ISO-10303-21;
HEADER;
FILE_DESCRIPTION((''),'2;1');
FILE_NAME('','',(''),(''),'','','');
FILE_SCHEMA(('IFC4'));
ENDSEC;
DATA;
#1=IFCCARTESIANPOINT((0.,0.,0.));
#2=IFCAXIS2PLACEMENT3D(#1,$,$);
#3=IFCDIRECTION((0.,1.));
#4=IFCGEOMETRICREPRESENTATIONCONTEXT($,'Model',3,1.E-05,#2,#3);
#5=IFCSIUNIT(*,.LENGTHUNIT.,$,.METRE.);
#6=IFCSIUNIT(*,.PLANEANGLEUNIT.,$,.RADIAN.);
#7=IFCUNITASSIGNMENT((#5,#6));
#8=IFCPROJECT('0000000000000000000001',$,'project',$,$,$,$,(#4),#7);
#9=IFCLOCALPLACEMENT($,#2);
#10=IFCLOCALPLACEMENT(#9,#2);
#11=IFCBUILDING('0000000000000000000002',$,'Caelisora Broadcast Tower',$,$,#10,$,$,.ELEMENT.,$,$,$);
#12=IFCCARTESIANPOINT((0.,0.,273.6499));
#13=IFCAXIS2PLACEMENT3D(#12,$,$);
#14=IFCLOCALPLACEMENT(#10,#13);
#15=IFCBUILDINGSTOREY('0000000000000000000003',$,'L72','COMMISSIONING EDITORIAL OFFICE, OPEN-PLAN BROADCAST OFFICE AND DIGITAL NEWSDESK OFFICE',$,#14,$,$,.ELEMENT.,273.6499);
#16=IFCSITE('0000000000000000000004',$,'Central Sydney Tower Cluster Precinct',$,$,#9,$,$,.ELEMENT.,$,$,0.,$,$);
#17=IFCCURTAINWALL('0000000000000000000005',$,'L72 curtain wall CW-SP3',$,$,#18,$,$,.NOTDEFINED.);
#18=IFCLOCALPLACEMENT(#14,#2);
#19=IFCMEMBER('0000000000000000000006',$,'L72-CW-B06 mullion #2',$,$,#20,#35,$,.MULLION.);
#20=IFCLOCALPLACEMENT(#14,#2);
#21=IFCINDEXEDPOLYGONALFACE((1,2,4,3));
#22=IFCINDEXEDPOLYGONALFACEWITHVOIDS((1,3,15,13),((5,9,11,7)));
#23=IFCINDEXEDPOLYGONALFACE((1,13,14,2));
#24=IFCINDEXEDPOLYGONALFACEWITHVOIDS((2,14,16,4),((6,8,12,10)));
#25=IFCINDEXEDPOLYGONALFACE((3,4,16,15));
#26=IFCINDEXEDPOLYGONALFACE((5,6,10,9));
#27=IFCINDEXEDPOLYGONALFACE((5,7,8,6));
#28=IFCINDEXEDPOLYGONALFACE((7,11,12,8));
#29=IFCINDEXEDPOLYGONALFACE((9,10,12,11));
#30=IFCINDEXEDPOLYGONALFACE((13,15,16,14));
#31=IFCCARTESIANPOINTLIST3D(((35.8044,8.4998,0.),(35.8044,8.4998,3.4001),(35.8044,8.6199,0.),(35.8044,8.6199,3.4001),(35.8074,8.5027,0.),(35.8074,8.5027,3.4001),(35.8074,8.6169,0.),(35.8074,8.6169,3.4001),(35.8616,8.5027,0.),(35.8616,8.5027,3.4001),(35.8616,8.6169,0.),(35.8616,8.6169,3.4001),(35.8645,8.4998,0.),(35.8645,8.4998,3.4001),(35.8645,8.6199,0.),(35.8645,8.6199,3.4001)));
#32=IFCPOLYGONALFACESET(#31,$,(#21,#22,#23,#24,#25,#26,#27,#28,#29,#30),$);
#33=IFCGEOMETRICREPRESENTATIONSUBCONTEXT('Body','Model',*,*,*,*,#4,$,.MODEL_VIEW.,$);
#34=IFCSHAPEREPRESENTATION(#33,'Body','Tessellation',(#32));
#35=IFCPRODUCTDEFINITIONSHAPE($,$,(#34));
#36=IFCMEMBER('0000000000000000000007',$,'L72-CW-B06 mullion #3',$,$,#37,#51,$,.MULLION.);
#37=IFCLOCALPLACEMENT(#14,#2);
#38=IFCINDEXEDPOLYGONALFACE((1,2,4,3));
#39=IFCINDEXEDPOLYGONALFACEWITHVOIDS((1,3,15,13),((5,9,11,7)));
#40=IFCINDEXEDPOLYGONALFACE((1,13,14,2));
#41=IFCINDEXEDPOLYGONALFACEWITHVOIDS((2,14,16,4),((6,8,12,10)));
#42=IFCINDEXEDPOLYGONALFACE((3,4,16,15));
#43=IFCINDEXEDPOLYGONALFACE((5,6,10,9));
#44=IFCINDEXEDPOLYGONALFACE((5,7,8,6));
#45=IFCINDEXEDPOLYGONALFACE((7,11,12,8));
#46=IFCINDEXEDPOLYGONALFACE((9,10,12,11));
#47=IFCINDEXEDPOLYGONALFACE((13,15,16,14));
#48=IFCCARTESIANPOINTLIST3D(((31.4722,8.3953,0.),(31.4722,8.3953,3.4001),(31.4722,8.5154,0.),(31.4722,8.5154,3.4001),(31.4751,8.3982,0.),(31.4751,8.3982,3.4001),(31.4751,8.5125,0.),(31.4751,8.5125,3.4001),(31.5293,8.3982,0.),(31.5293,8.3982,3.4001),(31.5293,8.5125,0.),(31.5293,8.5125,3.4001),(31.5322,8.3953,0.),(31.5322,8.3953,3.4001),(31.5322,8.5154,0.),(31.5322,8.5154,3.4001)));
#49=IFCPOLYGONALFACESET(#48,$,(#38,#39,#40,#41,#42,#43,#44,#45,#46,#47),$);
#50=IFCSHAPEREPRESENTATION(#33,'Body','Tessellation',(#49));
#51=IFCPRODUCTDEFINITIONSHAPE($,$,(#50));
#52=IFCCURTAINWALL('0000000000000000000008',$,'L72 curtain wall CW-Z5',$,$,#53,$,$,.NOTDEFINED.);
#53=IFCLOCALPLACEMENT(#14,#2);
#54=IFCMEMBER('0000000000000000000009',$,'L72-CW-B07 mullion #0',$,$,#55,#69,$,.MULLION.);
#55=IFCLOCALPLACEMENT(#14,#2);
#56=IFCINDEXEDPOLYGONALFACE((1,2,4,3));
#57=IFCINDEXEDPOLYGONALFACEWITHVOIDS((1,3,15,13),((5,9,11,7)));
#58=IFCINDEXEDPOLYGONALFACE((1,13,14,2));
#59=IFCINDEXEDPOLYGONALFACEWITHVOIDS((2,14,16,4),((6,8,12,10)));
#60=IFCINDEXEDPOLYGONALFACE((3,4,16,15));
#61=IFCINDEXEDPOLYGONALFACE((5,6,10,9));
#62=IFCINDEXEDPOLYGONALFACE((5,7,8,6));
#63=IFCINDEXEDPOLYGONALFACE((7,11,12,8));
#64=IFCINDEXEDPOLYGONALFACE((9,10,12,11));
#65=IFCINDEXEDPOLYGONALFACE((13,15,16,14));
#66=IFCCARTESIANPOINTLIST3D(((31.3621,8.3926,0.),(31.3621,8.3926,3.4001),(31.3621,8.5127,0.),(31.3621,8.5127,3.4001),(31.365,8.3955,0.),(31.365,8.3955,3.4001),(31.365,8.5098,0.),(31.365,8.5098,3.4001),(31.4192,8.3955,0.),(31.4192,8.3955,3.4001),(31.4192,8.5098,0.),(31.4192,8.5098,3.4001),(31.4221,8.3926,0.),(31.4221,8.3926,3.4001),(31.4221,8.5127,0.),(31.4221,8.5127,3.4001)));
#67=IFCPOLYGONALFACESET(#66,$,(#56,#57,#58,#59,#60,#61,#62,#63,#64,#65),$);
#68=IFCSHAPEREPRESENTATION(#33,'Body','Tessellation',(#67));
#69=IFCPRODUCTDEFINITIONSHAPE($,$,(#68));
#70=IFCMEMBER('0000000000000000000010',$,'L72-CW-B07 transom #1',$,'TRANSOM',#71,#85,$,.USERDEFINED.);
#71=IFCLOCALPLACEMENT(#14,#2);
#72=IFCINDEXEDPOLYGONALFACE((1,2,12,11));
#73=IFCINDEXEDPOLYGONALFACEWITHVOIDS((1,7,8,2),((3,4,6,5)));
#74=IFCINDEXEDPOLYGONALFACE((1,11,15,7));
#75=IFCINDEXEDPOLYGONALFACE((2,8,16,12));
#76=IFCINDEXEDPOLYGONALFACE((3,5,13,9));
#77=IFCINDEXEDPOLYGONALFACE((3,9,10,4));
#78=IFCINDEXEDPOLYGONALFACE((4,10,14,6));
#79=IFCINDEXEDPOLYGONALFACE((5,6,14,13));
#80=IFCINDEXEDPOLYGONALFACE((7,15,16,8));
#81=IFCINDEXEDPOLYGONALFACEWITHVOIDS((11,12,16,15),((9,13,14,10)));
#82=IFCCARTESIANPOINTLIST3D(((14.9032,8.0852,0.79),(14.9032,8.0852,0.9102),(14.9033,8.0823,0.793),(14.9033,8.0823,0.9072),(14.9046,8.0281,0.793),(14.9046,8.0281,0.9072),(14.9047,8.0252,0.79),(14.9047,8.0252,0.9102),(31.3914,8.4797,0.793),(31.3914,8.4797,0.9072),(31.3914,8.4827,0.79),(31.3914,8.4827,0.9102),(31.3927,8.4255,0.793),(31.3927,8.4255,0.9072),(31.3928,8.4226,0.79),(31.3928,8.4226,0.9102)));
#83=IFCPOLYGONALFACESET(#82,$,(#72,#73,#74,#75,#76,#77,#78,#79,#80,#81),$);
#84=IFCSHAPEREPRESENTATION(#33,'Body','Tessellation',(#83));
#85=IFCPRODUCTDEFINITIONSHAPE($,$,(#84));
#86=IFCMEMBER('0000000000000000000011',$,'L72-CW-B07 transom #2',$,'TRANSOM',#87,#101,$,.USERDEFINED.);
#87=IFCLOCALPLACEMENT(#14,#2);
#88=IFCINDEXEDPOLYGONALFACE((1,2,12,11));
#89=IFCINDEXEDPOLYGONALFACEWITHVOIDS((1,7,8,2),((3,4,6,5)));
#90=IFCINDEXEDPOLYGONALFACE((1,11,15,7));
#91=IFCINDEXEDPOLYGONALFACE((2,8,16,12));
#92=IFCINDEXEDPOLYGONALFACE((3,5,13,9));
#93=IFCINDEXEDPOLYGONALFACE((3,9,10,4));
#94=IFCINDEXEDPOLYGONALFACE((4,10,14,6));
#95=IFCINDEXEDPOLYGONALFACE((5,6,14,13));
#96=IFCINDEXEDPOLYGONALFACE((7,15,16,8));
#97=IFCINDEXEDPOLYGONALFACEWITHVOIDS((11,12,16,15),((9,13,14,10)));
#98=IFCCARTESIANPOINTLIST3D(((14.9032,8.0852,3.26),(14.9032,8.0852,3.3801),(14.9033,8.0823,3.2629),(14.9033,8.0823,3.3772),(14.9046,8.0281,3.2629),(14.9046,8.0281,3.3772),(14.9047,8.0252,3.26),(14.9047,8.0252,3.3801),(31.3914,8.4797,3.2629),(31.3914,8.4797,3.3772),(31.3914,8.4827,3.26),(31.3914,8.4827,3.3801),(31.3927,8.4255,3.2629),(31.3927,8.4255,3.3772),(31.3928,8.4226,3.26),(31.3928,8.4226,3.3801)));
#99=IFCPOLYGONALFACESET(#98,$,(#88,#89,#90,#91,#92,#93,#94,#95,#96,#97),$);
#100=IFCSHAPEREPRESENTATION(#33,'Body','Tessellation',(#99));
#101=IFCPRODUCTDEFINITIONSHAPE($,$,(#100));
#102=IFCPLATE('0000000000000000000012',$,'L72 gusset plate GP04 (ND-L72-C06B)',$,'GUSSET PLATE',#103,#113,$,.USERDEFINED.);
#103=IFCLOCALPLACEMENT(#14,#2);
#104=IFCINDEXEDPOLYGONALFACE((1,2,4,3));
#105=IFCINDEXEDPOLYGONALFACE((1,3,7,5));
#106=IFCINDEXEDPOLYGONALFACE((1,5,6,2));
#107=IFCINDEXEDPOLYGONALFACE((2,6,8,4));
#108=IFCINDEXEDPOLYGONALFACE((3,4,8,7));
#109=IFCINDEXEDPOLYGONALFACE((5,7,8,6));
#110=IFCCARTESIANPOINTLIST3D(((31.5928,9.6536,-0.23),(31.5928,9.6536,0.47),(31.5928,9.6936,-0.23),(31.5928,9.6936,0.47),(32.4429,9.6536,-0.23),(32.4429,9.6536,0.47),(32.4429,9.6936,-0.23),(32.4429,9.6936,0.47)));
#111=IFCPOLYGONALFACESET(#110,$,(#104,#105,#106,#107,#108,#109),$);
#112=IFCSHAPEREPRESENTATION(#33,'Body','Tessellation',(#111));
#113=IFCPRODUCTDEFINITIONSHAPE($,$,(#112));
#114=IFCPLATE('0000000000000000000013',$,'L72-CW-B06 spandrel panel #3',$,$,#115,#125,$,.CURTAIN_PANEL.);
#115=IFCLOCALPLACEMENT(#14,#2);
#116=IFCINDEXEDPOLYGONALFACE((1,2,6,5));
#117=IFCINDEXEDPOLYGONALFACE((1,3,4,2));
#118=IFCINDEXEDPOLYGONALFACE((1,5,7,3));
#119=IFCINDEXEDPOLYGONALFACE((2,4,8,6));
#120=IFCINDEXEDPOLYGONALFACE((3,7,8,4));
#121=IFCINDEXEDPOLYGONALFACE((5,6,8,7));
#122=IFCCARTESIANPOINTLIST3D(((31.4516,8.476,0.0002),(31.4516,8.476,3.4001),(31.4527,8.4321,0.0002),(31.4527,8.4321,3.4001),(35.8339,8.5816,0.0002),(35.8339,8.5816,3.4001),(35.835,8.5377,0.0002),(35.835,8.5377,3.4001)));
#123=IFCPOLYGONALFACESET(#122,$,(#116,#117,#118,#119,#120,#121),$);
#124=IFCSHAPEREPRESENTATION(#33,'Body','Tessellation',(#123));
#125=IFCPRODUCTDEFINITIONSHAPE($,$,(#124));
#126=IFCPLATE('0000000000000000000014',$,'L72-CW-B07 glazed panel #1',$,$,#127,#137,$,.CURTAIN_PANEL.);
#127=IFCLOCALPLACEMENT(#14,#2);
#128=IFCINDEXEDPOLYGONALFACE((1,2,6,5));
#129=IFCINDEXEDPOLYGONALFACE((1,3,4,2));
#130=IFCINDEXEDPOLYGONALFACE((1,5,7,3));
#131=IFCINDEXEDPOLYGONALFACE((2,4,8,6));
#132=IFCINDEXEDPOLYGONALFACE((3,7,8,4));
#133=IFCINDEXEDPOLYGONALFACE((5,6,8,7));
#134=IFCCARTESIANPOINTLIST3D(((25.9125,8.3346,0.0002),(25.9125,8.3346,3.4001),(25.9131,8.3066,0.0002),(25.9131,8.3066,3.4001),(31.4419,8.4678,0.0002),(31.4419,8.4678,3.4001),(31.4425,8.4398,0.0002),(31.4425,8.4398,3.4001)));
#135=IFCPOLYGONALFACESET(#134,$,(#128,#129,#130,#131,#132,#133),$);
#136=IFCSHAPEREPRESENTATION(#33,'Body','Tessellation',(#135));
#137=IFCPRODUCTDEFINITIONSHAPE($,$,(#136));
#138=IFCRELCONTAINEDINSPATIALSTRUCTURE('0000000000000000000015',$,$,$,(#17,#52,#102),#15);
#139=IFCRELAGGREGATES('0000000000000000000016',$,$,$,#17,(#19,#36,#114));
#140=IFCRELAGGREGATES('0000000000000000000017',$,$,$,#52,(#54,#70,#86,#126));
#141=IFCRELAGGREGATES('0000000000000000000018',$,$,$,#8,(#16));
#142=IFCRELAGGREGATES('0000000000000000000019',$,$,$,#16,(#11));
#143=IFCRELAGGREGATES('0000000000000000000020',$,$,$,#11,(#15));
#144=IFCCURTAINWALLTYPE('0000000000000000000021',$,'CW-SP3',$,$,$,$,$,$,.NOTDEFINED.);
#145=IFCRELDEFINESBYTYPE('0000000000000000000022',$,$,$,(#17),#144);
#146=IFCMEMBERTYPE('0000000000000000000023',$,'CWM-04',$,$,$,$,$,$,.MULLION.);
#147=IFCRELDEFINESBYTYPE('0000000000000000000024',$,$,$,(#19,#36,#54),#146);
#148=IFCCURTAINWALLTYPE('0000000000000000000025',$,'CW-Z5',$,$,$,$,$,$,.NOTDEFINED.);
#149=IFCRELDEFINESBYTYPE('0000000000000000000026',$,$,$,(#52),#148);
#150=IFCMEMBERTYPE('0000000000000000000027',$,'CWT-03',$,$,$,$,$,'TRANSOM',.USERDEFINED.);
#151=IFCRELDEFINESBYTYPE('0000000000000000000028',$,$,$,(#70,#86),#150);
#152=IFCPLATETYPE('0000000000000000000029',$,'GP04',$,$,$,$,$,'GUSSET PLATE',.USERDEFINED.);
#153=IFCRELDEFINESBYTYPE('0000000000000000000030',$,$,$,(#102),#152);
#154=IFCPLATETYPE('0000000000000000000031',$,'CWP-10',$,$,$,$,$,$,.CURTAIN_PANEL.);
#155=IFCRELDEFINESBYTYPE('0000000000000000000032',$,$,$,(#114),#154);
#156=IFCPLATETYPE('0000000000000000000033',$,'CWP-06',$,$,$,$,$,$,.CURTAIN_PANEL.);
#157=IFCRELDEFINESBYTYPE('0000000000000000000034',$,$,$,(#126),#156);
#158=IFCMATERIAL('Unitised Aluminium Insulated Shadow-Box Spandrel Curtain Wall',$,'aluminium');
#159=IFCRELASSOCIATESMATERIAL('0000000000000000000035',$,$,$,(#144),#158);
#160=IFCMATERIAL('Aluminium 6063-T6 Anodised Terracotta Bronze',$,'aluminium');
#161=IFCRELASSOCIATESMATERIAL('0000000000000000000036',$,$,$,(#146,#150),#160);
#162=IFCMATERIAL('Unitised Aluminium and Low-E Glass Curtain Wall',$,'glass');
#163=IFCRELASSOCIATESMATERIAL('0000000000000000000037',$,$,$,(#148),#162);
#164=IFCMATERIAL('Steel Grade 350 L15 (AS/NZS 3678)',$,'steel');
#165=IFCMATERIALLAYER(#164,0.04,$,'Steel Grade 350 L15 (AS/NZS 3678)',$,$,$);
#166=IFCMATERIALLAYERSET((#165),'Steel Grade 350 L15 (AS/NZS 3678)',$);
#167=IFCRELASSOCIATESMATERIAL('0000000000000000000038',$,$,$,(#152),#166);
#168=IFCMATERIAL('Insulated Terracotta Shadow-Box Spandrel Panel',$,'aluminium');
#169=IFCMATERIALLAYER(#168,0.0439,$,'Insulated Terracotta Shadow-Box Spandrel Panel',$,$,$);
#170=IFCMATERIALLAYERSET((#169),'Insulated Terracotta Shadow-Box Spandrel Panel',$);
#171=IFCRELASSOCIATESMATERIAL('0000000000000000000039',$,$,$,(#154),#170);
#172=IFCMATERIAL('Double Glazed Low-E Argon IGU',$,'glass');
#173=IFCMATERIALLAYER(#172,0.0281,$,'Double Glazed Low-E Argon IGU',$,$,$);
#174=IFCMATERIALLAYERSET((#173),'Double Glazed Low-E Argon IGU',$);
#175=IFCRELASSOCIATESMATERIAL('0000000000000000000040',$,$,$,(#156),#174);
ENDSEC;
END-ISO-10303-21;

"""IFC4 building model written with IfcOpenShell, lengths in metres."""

from ifc_helpers import new_model, si_unit, direction, frame, origin, origin_2d, place, context, subcontext, project, spatial, rectangle, hollow_rectangle, extrude, source, transform, mapped, material, layer, layer_set, material_profile, profile_set, type_object, type_shapes, element, aggregate, save


model = new_model("IFC4")

# Units and contexts
model_context = context("Model", 3, precision=1e-05, world=origin(), true_north=direction((0.0, 1.0)))
body_context = subcontext(model_context, "Body", "Model", "MODEL_VIEW")
ifc_project = project(units=[si_unit("LENGTHUNIT", "METRE"), si_unit("PLANEANGLEUNIT", "RADIAN")], contexts=[model_context])

# Site, building, storey
site_placement = place(None, origin())
site = spatial("IfcSite", under=ifc_project, at=site_placement, Name="Central Sydney Tower Cluster Precinct", CompositionType="ELEMENT", RefElevation=0.0)
building_placement = place(site_placement, origin())
building = spatial("IfcBuilding", under=site, at=building_placement, Name="Caelisora Broadcast Tower", CompositionType="ELEMENT")
storey_placement = place(building_placement, frame((0.0, 0.0, 273.6499)))
storey = spatial("IfcBuildingStorey", under=building, at=storey_placement, Name="L72", Description="COMMISSIONING EDITORIAL OFFICE, OPEN-PLAN BROADCAST OFFICE AND DIGITAL NEWSDESK OFFICE", CompositionType="ELEMENT", Elevation=273.6499)

# Shared definitions
ifc_material_1 = material(Name="Steel Grade 350 L15 (AS/NZS 3678)", Category="steel")

# Curtain walls, members
ifc_material_2 = material(Name="Unitised Aluminium Insulated Shadow-Box Spandrel Curtain Wall", Category="aluminium")
curtain_wall_type_1 = type_object("IfcCurtainWallType", Name="CW-SP3", PredefinedType="NOTDEFINED", material=ifc_material_2)
curtain_wall_1_placement = place(storey_placement, origin())
curtain_wall_1 = element("IfcCurtainWall", 1, at=curtain_wall_1_placement, inside=storey, type_object=curtain_wall_type_1, Name="L72 curtain wall CW-SP3", PredefinedType="NOTDEFINED")
ifc_material_3 = material(Name="Aluminium 6063-T6 Anodised Terracotta Bronze", Category="aluminium")
ifc_material_profile_1 = material_profile(ifc_material_3, hollow_rectangle(XDim=0.0601, YDim=0.1201, WallThickness=0.0029, at=origin_2d()), Name="Aluminium 6063-T6 Anodised Terracotta Bronze")
ifc_profile_set_1 = profile_set([ifc_material_profile_1], Name="Aluminium 6063-T6 Anodised Terracotta Bronze")
member_type_1 = type_object("IfcMemberType", Name="CWM-04", PredefinedType="MULLION", material=ifc_profile_set_1)
shared_shape_1 = source(origin(), body_context, "Body", "SweptSolid", [
    extrude(hollow_rectangle(XDim=0.0601, YDim=0.1201, WallThickness=0.0029, at=origin_2d()), origin(), (0.0, 0.0, 1.0), 3.4001),
])
type_shapes(member_type_1, [shared_shape_1])
member_1_placement = place(storey_placement, frame((35.8345, 8.5598, 0.0), z_axis=(0.0, 0.0, 1.0), x_axis=(1.0, 0.0, 0.0)))
member_1 = element("IfcMember", 2, at=member_1_placement, type_object=member_type_1, Name="L72-CW-B06 mullion #2", PredefinedType="MULLION", context=body_context, shape_type="MappedRepresentation", body=[
    mapped(shared_shape_1, transform((0.0, 0.0, 0.0), scale=1.0)),
])
member_2_placement = place(storey_placement, frame((31.5022, 8.4553, 0.0), z_axis=(0.0, 0.0, 1.0), x_axis=(1.0, 0.0, 0.0)))
member_2 = element("IfcMember", 3, at=member_2_placement, type_object=member_type_1, Name="L72-CW-B06 mullion #3", PredefinedType="MULLION", context=body_context, shape_type="MappedRepresentation", body=[
    mapped(shared_shape_1, transform((0.0, 0.0, 0.0), scale=1.0)),
])
ifc_material_4 = material(Name="Unitised Aluminium and Low-E Glass Curtain Wall", Category="glass")
curtain_wall_type_2 = type_object("IfcCurtainWallType", Name="CW-Z5", PredefinedType="NOTDEFINED", material=ifc_material_4)
curtain_wall_2_placement = place(storey_placement, origin())
curtain_wall_2 = element("IfcCurtainWall", 4, at=curtain_wall_2_placement, inside=storey, type_object=curtain_wall_type_2, Name="L72 curtain wall CW-Z5", PredefinedType="NOTDEFINED")
member_3_placement = place(storey_placement, frame((31.3921, 8.4526, 0.0), z_axis=(0.0, 0.0, 1.0), x_axis=(1.0, 0.0, 0.0)))
member_3 = element("IfcMember", 5, at=member_3_placement, type_object=member_type_1, Name="L72-CW-B07 mullion #0", PredefinedType="MULLION", context=body_context, shape_type="MappedRepresentation", body=[
    mapped(shared_shape_1, transform((0.0, 0.0, 0.0), scale=1.0)),
])
ifc_material_profile_2 = material_profile(ifc_material_3, hollow_rectangle(XDim=0.0601, YDim=0.1201, WallThickness=0.0029, at=origin_2d()), Name="Aluminium 6063-T6 Anodised Terracotta Bronze")
ifc_profile_set_2 = profile_set([ifc_material_profile_2], Name="Aluminium 6063-T6 Anodised Terracotta Bronze")
member_type_2 = type_object("IfcMemberType", Name="CWT-03", ElementType="TRANSOM", PredefinedType="USERDEFINED", material=ifc_profile_set_2)
shared_shape_2 = source(origin(), body_context, "Body", "SweptSolid", [
    extrude(hollow_rectangle(XDim=0.0601, YDim=0.1201, WallThickness=0.0029, at=origin_2d()), origin(), (0.0, 0.0, 1.0), 16.4929),
])
type_shapes(member_type_2, [shared_shape_2])
member_4_placement = place(storey_placement, frame((31.3921, 8.4526, 0.8501), z_axis=(-0.99971, -0.024099, 0.0), x_axis=(0.024099, -0.99971, 0.0)))
member_4 = element("IfcMember", 6, at=member_4_placement, type_object=member_type_2, Name="L72-CW-B07 transom #1", ObjectType="TRANSOM", PredefinedType="USERDEFINED", context=body_context, shape_type="MappedRepresentation", body=[
    mapped(shared_shape_2, transform((0.0, 0.0, 0.0), scale=1.0)),
])
member_5_placement = place(storey_placement, frame((31.3921, 8.4526, 3.3201), z_axis=(-0.99971, -0.024099, 0.0), x_axis=(0.024099, -0.99971, 0.0)))
member_5 = element("IfcMember", 7, at=member_5_placement, type_object=member_type_2, Name="L72-CW-B07 transom #2", ObjectType="TRANSOM", PredefinedType="USERDEFINED", context=body_context, shape_type="MappedRepresentation", body=[
    mapped(shared_shape_2, transform((0.0, 0.0, 0.0), scale=1.0)),
])

# Plates
ifc_layer_1 = layer(ifc_material_1, 0.04, Name="Steel Grade 350 L15 (AS/NZS 3678)")
ifc_layer_set_1 = layer_set([ifc_layer_1], Name="Steel Grade 350 L15 (AS/NZS 3678)")
plate_type_1 = type_object("IfcPlateType", Name="GP04", ElementType="GUSSET PLATE", PredefinedType="USERDEFINED", material=ifc_layer_set_1)
shared_shape_3 = source(origin(), body_context, "Body", "SweptSolid", [
    extrude(rectangle(XDim=0.8501, YDim=0.04, at=origin_2d()), origin(), (0.0, 0.0, 1.0), 0.7),
])
type_shapes(plate_type_1, [shared_shape_3])
plate_1_placement = place(storey_placement, frame((32.0178, 9.6736, -0.23), z_axis=(0.0, 0.0, 1.0), x_axis=(1.0, 0.0, 0.0)))
element("IfcPlate", 8, at=plate_1_placement, inside=storey, type_object=plate_type_1, Name="L72 gusset plate GP04 (ND-L72-C06B)", ObjectType="GUSSET PLATE", PredefinedType="USERDEFINED", context=body_context, shape_type="MappedRepresentation", body=[
    mapped(shared_shape_3, transform((0.0, 0.0, 0.0), scale=1.0)),
])
ifc_material_5 = material(Name="Insulated Terracotta Shadow-Box Spandrel Panel", Category="aluminium")
ifc_layer_2 = layer(ifc_material_5, 0.0439, Name="Insulated Terracotta Shadow-Box Spandrel Panel")
ifc_layer_set_2 = layer_set([ifc_layer_2], Name="Insulated Terracotta Shadow-Box Spandrel Panel")
plate_type_2 = type_object("IfcPlateType", Name="CWP-10", PredefinedType="CURTAIN_PANEL", material=ifc_layer_set_2)
shared_shape_4 = source(origin(), body_context, "Body", "SweptSolid", [
    extrude(rectangle(XDim=4.3835, YDim=0.0439, at=origin_2d()), origin(), (0.0, 0.0, 1.0), 3.3999),
])
type_shapes(plate_type_2, [shared_shape_4])
plate_2_placement = place(storey_placement, frame((33.6433, 8.5068, 0.0002), z_axis=(0.0, 0.0, 1.0), x_axis=(-0.99971, -0.024083, 0.0)))
plate_2 = element("IfcPlate", 9, at=plate_2_placement, type_object=plate_type_2, Name="L72-CW-B06 spandrel panel #3", PredefinedType="CURTAIN_PANEL", context=body_context, shape_type="MappedRepresentation", body=[
    mapped(shared_shape_4, transform((0.0, 0.0, 0.0), scale=1.0)),
])
aggregate(curtain_wall_1, [member_1, member_2, plate_2])
ifc_material_6 = material(Name="Double Glazed Low-E Argon IGU", Category="glass")
ifc_layer_3 = layer(ifc_material_6, 0.0281, Name="Double Glazed Low-E Argon IGU")
ifc_layer_set_3 = layer_set([ifc_layer_3], Name="Double Glazed Low-E Argon IGU")
plate_type_3 = type_object("IfcPlateType", Name="CWP-06", PredefinedType="CURTAIN_PANEL", material=ifc_layer_set_3)
shared_shape_5 = source(origin(), body_context, "Body", "SweptSolid", [
    extrude(rectangle(XDim=5.531, YDim=0.0281, at=origin_2d()), origin(), (0.0, 0.0, 1.0), 3.3999),
])
type_shapes(plate_type_3, [shared_shape_5])
plate_3_placement = place(storey_placement, frame((28.6775, 8.3872, 0.0002), z_axis=(0.0, 0.0, 1.0), x_axis=(-0.99971, -0.024083, 0.0)))
plate_3 = element("IfcPlate", 10, at=plate_3_placement, type_object=plate_type_3, Name="L72-CW-B07 glazed panel #1", PredefinedType="CURTAIN_PANEL", context=body_context, shape_type="MappedRepresentation", body=[
    mapped(shared_shape_5, transform((0.0, 0.0, 0.0), scale=1.0)),
])
aggregate(curtain_wall_2, [member_3, member_4, member_5, plate_3])

save(model, "model.ifc")
